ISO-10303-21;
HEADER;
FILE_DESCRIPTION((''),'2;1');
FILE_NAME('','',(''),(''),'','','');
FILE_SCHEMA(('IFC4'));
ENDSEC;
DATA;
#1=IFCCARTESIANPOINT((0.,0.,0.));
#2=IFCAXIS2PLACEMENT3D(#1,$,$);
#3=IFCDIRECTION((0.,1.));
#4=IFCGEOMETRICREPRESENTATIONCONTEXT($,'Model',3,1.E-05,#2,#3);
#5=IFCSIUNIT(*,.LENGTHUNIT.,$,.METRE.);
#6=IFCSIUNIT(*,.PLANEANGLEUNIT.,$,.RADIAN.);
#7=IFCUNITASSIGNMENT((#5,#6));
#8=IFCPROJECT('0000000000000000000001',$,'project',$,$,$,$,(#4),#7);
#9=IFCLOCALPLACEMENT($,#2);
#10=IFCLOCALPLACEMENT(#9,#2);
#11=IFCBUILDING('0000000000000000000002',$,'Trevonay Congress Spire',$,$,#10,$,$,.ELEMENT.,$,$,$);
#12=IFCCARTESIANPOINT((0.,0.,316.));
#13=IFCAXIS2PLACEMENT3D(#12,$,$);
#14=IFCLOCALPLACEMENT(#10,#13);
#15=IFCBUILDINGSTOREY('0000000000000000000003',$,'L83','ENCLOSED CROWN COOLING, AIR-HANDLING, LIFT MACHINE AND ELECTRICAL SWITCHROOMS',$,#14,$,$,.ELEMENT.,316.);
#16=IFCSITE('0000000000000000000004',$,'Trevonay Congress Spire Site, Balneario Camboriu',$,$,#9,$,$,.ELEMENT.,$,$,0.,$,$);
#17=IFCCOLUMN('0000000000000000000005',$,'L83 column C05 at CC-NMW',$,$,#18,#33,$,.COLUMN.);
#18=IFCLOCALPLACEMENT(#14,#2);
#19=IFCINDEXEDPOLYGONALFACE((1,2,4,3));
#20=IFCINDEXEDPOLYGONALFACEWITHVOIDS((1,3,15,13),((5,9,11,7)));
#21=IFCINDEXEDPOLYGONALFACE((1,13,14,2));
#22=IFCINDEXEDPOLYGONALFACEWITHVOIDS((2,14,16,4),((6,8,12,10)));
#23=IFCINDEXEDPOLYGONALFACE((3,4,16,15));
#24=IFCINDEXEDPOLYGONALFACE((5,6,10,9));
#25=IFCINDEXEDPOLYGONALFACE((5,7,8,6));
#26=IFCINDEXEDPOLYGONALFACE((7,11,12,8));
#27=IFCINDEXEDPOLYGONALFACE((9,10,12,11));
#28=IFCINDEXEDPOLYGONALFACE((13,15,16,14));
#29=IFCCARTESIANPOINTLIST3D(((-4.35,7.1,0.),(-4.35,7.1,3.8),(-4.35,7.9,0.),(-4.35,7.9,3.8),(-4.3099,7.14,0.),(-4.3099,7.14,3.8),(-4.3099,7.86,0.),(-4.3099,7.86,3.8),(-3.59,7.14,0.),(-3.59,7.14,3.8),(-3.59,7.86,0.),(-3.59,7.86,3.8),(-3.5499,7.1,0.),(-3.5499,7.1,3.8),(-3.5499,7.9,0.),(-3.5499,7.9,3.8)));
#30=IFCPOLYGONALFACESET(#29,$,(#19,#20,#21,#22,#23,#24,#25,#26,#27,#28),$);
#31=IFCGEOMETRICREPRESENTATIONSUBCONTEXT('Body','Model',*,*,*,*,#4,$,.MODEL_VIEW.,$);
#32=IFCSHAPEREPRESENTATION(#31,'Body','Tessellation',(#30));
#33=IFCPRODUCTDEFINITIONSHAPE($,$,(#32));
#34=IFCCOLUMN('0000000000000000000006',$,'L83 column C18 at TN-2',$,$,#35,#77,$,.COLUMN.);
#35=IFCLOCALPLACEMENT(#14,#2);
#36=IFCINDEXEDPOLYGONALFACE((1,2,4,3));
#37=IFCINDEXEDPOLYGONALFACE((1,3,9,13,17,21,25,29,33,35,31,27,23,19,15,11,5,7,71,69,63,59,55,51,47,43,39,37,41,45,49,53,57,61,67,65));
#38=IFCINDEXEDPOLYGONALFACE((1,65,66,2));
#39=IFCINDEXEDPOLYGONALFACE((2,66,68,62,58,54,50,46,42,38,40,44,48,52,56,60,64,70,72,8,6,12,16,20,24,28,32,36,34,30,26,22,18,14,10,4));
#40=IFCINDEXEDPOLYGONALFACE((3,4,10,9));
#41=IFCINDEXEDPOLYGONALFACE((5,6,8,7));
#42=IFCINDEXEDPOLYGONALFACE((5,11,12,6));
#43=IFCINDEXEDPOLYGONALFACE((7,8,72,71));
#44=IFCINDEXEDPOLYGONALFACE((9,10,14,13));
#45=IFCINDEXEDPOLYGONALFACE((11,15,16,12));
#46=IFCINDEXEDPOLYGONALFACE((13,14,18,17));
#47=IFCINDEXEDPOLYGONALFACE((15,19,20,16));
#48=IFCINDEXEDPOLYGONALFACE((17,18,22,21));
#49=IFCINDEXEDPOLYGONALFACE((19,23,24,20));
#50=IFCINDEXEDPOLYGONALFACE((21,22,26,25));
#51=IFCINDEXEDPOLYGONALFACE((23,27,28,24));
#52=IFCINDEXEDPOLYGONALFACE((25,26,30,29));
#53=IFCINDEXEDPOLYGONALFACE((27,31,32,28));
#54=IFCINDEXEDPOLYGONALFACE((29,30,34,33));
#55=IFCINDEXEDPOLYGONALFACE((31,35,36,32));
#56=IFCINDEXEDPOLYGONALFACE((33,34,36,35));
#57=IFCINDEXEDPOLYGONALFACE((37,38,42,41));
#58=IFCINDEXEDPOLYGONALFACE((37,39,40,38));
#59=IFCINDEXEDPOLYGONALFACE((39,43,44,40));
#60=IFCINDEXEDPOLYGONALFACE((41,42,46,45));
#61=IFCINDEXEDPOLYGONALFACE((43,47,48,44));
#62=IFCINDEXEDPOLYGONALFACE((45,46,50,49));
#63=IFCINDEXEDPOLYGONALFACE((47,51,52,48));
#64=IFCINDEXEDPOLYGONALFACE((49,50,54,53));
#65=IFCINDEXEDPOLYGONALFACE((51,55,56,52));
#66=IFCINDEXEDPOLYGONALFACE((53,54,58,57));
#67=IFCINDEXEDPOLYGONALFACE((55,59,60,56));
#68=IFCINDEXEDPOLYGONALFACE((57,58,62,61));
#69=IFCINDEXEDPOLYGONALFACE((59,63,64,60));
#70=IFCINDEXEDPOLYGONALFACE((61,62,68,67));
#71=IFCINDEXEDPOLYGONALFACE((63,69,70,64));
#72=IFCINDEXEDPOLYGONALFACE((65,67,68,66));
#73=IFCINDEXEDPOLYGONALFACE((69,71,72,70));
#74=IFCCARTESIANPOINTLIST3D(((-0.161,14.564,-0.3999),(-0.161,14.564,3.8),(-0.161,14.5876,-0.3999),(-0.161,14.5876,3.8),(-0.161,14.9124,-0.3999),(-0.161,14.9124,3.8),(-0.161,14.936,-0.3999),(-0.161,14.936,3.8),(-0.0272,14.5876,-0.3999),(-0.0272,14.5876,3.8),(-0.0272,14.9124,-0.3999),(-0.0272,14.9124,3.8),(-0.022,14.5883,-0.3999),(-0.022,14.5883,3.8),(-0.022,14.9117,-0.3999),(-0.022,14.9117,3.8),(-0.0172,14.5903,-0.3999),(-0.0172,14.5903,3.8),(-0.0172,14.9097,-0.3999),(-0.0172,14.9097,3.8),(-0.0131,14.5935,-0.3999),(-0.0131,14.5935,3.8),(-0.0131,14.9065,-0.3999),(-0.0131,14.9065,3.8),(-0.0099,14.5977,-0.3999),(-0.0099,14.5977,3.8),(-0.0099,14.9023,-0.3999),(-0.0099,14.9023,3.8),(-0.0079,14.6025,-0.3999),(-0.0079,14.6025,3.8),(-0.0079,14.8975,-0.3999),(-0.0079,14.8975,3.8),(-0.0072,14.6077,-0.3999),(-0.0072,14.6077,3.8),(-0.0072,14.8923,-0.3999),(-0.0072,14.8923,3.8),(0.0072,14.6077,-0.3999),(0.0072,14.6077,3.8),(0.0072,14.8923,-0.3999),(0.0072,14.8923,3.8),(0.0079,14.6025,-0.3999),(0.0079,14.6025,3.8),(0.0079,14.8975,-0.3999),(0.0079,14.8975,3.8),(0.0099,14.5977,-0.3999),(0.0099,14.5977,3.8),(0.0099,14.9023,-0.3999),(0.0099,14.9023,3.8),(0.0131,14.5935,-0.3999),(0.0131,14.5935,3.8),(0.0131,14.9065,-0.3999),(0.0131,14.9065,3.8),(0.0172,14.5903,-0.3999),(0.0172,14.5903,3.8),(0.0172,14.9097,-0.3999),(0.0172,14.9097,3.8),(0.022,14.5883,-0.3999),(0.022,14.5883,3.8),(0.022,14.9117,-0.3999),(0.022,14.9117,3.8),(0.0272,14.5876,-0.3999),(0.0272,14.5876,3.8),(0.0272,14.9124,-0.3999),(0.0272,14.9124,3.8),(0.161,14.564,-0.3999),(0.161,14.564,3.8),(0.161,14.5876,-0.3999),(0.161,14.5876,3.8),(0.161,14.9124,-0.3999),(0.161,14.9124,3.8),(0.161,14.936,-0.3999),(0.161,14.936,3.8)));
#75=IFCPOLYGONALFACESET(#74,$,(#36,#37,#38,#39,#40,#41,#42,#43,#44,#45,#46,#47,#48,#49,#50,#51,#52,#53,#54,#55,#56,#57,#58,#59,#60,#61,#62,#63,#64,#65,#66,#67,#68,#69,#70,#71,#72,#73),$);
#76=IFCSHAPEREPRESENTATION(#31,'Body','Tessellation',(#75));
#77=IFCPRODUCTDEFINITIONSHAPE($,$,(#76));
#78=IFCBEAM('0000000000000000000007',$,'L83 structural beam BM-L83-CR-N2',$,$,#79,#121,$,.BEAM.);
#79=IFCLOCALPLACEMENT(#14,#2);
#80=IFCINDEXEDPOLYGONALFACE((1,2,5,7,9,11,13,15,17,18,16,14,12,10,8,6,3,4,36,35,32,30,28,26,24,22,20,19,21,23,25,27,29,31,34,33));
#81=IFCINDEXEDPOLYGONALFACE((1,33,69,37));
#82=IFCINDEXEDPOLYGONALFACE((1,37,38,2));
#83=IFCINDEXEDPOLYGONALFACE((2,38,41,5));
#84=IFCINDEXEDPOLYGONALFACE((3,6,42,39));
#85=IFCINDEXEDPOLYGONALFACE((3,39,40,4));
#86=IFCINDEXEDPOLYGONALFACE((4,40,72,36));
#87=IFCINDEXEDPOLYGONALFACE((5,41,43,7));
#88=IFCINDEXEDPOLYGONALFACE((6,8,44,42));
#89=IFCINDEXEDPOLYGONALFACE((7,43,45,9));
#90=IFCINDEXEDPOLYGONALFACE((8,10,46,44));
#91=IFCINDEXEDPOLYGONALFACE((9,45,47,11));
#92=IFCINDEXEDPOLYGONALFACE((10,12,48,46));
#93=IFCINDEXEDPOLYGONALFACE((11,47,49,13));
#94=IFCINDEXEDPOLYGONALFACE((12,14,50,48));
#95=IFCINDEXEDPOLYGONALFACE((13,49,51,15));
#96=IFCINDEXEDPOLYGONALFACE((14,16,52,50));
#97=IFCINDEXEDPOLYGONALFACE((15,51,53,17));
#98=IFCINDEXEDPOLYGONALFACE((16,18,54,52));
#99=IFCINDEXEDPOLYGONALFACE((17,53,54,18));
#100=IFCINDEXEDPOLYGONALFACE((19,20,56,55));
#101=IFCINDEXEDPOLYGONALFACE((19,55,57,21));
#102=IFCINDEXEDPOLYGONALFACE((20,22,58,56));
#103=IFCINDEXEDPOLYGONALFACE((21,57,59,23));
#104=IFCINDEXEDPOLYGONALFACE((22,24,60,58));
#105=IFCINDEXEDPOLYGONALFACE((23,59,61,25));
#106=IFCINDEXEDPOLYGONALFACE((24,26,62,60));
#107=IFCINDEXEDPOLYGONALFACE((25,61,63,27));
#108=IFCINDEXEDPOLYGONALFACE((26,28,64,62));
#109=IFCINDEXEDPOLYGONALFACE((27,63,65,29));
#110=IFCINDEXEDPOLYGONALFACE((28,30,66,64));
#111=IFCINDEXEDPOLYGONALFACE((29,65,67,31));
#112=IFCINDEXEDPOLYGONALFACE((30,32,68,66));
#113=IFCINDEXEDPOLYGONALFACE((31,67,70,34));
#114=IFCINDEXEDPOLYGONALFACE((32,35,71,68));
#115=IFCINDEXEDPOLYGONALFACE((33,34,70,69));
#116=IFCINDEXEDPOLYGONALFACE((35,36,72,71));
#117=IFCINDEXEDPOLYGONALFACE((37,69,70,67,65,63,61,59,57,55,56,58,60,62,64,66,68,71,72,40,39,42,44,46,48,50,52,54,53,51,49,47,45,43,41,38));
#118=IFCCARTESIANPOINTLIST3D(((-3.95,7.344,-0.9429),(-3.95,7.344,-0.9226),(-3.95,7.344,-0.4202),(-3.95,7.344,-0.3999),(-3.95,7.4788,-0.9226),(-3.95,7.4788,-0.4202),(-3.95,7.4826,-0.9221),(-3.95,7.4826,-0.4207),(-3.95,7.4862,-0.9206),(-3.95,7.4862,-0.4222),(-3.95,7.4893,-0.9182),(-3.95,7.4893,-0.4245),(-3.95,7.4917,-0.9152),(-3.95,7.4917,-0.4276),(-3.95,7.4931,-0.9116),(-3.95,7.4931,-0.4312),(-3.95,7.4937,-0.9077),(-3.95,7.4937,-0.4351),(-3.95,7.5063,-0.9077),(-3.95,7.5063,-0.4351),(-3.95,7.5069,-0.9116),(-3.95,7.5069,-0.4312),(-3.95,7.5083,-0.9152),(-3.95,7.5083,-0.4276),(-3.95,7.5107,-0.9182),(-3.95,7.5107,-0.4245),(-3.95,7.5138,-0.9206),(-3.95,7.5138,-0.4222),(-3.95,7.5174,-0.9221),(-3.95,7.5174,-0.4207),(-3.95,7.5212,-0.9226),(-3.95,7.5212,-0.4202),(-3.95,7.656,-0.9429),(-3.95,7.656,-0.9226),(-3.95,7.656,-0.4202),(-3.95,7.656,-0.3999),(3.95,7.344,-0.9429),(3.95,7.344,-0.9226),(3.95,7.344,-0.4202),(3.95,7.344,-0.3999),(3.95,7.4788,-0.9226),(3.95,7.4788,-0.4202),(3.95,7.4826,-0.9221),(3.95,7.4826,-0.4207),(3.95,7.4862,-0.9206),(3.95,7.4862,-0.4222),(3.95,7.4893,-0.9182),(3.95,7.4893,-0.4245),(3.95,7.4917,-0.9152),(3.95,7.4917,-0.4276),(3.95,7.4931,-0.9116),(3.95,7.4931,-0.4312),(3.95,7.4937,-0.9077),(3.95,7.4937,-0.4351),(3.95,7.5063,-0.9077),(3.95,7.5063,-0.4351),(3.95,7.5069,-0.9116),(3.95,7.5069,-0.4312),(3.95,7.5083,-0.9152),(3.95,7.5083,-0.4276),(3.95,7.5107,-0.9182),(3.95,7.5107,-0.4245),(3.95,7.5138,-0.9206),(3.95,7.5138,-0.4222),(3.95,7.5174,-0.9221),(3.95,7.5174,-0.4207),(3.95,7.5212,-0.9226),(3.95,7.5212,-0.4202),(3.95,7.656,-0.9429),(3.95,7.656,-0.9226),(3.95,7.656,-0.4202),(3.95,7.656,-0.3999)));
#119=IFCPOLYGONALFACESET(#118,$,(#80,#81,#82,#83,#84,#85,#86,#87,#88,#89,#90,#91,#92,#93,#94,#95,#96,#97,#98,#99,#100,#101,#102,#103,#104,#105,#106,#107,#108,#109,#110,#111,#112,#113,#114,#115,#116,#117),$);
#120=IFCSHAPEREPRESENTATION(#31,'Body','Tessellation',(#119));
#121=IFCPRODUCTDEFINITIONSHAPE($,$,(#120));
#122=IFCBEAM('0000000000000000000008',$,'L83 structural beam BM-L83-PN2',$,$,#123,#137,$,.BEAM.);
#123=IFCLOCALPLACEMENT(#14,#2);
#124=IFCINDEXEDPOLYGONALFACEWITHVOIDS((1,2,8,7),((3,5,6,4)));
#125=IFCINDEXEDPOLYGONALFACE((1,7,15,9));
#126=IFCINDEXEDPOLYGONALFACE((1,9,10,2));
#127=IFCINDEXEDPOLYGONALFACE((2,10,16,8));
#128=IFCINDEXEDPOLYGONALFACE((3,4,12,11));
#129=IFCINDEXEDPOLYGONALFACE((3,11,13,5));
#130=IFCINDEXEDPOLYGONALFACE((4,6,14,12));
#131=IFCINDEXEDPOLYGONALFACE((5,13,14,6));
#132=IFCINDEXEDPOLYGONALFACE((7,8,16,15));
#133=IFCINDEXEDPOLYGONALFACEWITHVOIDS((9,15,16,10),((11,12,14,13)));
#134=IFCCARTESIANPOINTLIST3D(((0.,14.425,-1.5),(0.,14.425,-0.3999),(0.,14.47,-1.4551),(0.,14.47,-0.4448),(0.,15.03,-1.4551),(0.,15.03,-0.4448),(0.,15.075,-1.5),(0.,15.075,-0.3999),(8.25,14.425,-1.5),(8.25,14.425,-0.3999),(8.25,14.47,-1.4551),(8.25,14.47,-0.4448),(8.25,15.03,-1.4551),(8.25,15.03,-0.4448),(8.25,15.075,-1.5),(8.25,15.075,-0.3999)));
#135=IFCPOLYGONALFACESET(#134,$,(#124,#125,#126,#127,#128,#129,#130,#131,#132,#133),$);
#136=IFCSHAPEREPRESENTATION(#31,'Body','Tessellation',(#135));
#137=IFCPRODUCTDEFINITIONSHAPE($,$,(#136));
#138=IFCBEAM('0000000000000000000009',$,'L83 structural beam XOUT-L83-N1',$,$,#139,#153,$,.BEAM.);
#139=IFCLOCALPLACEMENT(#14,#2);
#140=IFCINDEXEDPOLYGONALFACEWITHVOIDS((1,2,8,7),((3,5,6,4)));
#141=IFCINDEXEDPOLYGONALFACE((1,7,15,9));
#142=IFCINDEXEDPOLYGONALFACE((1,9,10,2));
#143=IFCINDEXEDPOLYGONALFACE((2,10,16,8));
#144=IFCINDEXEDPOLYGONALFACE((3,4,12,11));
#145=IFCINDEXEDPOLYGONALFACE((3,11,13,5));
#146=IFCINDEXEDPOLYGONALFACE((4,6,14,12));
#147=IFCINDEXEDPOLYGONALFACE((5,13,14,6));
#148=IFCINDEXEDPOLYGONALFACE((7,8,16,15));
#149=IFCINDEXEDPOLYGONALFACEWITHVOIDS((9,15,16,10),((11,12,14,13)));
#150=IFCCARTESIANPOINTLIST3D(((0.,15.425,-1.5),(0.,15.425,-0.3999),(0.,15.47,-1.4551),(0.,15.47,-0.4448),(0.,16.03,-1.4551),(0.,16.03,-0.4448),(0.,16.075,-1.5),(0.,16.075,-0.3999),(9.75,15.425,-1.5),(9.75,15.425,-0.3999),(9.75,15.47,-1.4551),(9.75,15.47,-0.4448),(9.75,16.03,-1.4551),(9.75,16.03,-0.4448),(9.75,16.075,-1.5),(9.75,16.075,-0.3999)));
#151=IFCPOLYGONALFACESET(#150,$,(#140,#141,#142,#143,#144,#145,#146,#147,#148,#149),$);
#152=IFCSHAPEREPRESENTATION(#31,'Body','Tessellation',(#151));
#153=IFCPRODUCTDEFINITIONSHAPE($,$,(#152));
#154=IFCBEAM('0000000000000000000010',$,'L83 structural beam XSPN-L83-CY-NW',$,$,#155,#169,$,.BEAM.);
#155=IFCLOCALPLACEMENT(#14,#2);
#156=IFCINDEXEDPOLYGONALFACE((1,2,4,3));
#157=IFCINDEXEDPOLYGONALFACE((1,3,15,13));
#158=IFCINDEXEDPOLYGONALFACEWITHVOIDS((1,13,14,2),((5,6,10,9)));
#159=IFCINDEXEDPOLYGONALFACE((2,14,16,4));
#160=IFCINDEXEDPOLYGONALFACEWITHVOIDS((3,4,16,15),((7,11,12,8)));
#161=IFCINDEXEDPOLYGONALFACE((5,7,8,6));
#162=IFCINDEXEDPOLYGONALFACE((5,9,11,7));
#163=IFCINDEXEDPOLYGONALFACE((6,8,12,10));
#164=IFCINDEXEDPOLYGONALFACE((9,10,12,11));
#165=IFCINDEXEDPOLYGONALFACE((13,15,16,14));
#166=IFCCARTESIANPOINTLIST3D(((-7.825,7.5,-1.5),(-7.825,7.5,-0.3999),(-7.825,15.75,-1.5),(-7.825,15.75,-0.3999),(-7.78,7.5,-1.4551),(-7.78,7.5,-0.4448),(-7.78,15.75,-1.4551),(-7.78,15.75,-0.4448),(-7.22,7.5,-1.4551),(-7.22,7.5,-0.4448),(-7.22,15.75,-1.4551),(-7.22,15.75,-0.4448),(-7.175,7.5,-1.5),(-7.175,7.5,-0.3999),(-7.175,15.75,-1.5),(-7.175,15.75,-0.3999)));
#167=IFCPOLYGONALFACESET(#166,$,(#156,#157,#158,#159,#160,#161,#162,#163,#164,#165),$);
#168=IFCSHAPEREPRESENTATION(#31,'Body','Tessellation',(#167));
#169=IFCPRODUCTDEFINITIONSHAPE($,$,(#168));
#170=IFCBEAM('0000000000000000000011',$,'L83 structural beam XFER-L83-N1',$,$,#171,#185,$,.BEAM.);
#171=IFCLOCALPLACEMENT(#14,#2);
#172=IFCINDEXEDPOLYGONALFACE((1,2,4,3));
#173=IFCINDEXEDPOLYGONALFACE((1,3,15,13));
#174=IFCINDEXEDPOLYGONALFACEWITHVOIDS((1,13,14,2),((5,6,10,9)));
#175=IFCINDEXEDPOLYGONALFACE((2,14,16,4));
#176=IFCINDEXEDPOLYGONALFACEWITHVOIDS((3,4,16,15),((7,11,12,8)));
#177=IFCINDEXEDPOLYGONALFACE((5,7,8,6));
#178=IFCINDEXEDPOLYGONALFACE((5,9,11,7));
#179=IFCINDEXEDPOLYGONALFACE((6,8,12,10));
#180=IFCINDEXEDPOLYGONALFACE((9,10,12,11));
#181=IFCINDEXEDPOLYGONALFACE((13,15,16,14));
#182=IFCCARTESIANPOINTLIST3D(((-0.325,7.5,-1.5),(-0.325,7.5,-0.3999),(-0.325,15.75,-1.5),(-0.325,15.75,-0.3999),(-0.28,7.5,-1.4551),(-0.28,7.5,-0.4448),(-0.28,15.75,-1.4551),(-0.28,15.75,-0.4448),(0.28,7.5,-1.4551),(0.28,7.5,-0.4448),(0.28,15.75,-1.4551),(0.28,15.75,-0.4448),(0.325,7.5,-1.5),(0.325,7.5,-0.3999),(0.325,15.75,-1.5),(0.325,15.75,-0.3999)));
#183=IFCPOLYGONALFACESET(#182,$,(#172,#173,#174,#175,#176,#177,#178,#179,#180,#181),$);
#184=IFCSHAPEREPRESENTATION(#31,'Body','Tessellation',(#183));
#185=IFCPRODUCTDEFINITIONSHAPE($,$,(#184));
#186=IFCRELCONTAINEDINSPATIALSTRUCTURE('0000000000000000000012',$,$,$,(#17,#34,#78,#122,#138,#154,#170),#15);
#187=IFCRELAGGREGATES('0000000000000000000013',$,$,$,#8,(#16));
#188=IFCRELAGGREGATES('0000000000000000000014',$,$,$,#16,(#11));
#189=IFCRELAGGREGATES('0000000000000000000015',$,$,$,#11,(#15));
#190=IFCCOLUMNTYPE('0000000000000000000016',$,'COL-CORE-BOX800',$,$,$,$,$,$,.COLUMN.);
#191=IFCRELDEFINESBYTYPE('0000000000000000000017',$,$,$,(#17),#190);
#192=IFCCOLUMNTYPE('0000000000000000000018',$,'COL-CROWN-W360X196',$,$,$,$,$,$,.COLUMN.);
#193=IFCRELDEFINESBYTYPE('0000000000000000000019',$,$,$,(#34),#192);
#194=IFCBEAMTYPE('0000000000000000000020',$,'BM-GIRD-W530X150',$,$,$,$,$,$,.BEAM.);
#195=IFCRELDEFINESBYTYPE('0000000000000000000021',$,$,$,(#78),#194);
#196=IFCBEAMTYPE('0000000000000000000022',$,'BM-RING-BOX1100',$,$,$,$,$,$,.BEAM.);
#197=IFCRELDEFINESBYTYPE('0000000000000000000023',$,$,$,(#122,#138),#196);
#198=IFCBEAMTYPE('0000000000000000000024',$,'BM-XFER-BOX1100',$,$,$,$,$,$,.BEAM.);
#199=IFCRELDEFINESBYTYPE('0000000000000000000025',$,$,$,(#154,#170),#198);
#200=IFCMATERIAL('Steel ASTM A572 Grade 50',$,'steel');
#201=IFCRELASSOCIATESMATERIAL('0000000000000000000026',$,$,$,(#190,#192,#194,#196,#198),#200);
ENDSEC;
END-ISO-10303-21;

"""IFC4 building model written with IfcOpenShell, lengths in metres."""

from ifc_helpers import new_model, si_unit, direction, frame, origin, origin_2d, place, context, subcontext, project, spatial, hollow_rectangle, i_section, extrude, material, material_profile, profile_set, type_object, element, save


model = new_model("IFC4")

# Units and contexts
model_context = context("Model", 3, precision=1e-05, world=origin(), true_north=direction((0.0, 1.0)))
body_context = subcontext(model_context, "Body", "Model", "MODEL_VIEW")
ifc_project = project(units=[si_unit("LENGTHUNIT", "METRE"), si_unit("PLANEANGLEUNIT", "RADIAN")], contexts=[model_context])

# Site, building, storey
site_placement = place(None, origin())
site = spatial("IfcSite", under=ifc_project, at=site_placement, Name="Trevonay Congress Spire Site, Balneario Camboriu", CompositionType="ELEMENT", RefElevation=0.0)
building_placement = place(site_placement, origin())
building = spatial("IfcBuilding", under=site, at=building_placement, Name="Trevonay Congress Spire", CompositionType="ELEMENT")
storey_placement = place(building_placement, frame((0.0, 0.0, 316.0)))
storey = spatial("IfcBuildingStorey", under=building, at=storey_placement, Name="L83", Description="ENCLOSED CROWN COOLING, AIR-HANDLING, LIFT MACHINE AND ELECTRICAL SWITCHROOMS", CompositionType="ELEMENT", Elevation=316.0)

# Columns
ifc_material_1 = material(Name="Steel ASTM A572 Grade 50", Category="steel")
ifc_material_profile_1 = material_profile(ifc_material_1, hollow_rectangle(XDim=0.8, YDim=0.8, WallThickness=0.04, at=origin_2d()), Name="BOX 800x800x40")
ifc_profile_set_1 = profile_set([ifc_material_profile_1], Name="Steel ASTM A572 Grade 50")
column_type_1 = type_object("IfcColumnType", Name="COL-CORE-BOX800", PredefinedType="COLUMN", material=ifc_profile_set_1)
column_1_placement = place(storey_placement, frame((-3.95, 7.5, 0.0), z_axis=(0.0, 0.0, 1.0), x_axis=(1.0, 0.0, 0.0)))
element("IfcColumn", 1, at=column_1_placement, inside=storey, type_object=column_type_1, Name="L83 column C05 at CC-NMW", PredefinedType="COLUMN", context=body_context, shape_type="SweptSolid", body=[
    extrude(hollow_rectangle(XDim=0.8, YDim=0.8, WallThickness=0.04, at=origin_2d()), origin(), (0.0, 0.0, 1.0), 3.8),
])
ifc_material_profile_2 = material_profile(ifc_material_1, i_section(OverallWidth=0.322, OverallDepth=0.3721, WebThickness=0.0144, FlangeThickness=0.0237, FilletRadius=0.02, at=origin_2d()), Name="W360x196")
ifc_profile_set_2 = profile_set([ifc_material_profile_2], Name="Steel ASTM A572 Grade 50")
column_type_2 = type_object("IfcColumnType", Name="COL-CROWN-W360X196", PredefinedType="COLUMN", material=ifc_profile_set_2)
column_2_placement = place(storey_placement, frame((0.0, 14.75, -0.3999), z_axis=(0.0, 0.0, 1.0), x_axis=(1.0, 0.0, 0.0)))
element("IfcColumn", 2, at=column_2_placement, inside=storey, type_object=column_type_2, Name="L83 column C18 at TN-2", PredefinedType="COLUMN", context=body_context, shape_type="SweptSolid", body=[
    extrude(i_section(OverallWidth=0.322, OverallDepth=0.3721, WebThickness=0.0144, FlangeThickness=0.0237, FilletRadius=0.02, at=origin_2d()), origin(), (0.0, 0.0, 1.0), 4.2),
])

# Beams
ifc_material_profile_3 = material_profile(ifc_material_1, i_section(OverallWidth=0.312, OverallDepth=0.543, WebThickness=0.0127, FlangeThickness=0.0203, FilletRadius=0.0149, at=origin_2d()), Name="W530x150")
ifc_profile_set_3 = profile_set([ifc_material_profile_3], Name="Steel ASTM A572 Grade 50")
beam_type_1 = type_object("IfcBeamType", Name="BM-GIRD-W530X150", PredefinedType="BEAM", material=ifc_profile_set_3)
beam_1_placement = place(storey_placement, frame((-3.95, 7.5, -0.6714), z_axis=(1.0, 0.0, 0.0), x_axis=(0.0, 1.0, 0.0)))
element("IfcBeam", 3, at=beam_1_placement, inside=storey, type_object=beam_type_1, Name="L83 structural beam BM-L83-CR-N2", PredefinedType="BEAM", context=body_context, shape_type="SweptSolid", body=[
    extrude(i_section(OverallWidth=0.312, OverallDepth=0.543, WebThickness=0.0127, FlangeThickness=0.0203, FilletRadius=0.0149, at=origin_2d()), origin(), (0.0, 0.0, 1.0), 7.8999),
])
ifc_material_profile_4 = material_profile(ifc_material_1, hollow_rectangle(XDim=0.6499, YDim=1.1001, WallThickness=0.0449, at=origin_2d()), Name="BOX 1100x650x45")
ifc_profile_set_4 = profile_set([ifc_material_profile_4], Name="Steel ASTM A572 Grade 50")
beam_type_2 = type_object("IfcBeamType", Name="BM-RING-BOX1100", PredefinedType="BEAM", material=ifc_profile_set_4)
beam_2_placement = place(storey_placement, frame((0.0, 14.75, -0.95), z_axis=(1.0, 0.0, 0.0), x_axis=(0.0, 1.0, 0.0)))
element("IfcBeam", 4, at=beam_2_placement, inside=storey, type_object=beam_type_2, Name="L83 structural beam BM-L83-PN2", PredefinedType="BEAM", context=body_context, shape_type="SweptSolid", body=[
    extrude(hollow_rectangle(XDim=0.6499, YDim=1.1001, WallThickness=0.0449, at=origin_2d()), origin(), (0.0, 0.0, 1.0), 8.25),
])
beam_3_placement = place(storey_placement, frame((0.0, 15.75, -0.95), z_axis=(1.0, 0.0, 0.0), x_axis=(0.0, 1.0, 0.0)))
element("IfcBeam", 5, at=beam_3_placement, inside=storey, type_object=beam_type_2, Name="L83 structural beam XOUT-L83-N1", PredefinedType="BEAM", context=body_context, shape_type="SweptSolid", body=[
    extrude(hollow_rectangle(XDim=0.6499, YDim=1.1001, WallThickness=0.0449, at=origin_2d()), origin(), (0.0, 0.0, 1.0), 9.75),
])
ifc_material_profile_5 = material_profile(ifc_material_1, hollow_rectangle(XDim=0.6499, YDim=1.1001, WallThickness=0.0449, at=origin_2d()), Name="BOX 1100x650x45")
ifc_profile_set_5 = profile_set([ifc_material_profile_5], Name="Steel ASTM A572 Grade 50")
beam_type_3 = type_object("IfcBeamType", Name="BM-XFER-BOX1100", PredefinedType="BEAM", material=ifc_profile_set_5)
for number, where, z_axis, x_axis, name in (
    (6, (-7.5, 7.5, -0.95), (0.0, 1.0, 0.0), (-1.0, 0.0, 0.0), "L83 structural beam XSPN-L83-CY-NW"),
    (7, (0.0, 7.5, -0.95), (0.0, 1.0, 0.0), (-1.0, 0.0, 0.0), "L83 structural beam XFER-L83-N1"),
):
    element("IfcBeam", number, at=place(storey_placement, frame(where, z_axis=z_axis, x_axis=x_axis)), inside=storey, type_object=beam_type_3, Name=name, PredefinedType="BEAM", context=body_context, shape_type="SweptSolid", body=[
        extrude(hollow_rectangle(XDim=0.6499, YDim=1.1001, WallThickness=0.0449, at=origin_2d()), origin(), (0.0, 0.0, 1.0), 8.25),
    ])

save(model, "model.ifc")
